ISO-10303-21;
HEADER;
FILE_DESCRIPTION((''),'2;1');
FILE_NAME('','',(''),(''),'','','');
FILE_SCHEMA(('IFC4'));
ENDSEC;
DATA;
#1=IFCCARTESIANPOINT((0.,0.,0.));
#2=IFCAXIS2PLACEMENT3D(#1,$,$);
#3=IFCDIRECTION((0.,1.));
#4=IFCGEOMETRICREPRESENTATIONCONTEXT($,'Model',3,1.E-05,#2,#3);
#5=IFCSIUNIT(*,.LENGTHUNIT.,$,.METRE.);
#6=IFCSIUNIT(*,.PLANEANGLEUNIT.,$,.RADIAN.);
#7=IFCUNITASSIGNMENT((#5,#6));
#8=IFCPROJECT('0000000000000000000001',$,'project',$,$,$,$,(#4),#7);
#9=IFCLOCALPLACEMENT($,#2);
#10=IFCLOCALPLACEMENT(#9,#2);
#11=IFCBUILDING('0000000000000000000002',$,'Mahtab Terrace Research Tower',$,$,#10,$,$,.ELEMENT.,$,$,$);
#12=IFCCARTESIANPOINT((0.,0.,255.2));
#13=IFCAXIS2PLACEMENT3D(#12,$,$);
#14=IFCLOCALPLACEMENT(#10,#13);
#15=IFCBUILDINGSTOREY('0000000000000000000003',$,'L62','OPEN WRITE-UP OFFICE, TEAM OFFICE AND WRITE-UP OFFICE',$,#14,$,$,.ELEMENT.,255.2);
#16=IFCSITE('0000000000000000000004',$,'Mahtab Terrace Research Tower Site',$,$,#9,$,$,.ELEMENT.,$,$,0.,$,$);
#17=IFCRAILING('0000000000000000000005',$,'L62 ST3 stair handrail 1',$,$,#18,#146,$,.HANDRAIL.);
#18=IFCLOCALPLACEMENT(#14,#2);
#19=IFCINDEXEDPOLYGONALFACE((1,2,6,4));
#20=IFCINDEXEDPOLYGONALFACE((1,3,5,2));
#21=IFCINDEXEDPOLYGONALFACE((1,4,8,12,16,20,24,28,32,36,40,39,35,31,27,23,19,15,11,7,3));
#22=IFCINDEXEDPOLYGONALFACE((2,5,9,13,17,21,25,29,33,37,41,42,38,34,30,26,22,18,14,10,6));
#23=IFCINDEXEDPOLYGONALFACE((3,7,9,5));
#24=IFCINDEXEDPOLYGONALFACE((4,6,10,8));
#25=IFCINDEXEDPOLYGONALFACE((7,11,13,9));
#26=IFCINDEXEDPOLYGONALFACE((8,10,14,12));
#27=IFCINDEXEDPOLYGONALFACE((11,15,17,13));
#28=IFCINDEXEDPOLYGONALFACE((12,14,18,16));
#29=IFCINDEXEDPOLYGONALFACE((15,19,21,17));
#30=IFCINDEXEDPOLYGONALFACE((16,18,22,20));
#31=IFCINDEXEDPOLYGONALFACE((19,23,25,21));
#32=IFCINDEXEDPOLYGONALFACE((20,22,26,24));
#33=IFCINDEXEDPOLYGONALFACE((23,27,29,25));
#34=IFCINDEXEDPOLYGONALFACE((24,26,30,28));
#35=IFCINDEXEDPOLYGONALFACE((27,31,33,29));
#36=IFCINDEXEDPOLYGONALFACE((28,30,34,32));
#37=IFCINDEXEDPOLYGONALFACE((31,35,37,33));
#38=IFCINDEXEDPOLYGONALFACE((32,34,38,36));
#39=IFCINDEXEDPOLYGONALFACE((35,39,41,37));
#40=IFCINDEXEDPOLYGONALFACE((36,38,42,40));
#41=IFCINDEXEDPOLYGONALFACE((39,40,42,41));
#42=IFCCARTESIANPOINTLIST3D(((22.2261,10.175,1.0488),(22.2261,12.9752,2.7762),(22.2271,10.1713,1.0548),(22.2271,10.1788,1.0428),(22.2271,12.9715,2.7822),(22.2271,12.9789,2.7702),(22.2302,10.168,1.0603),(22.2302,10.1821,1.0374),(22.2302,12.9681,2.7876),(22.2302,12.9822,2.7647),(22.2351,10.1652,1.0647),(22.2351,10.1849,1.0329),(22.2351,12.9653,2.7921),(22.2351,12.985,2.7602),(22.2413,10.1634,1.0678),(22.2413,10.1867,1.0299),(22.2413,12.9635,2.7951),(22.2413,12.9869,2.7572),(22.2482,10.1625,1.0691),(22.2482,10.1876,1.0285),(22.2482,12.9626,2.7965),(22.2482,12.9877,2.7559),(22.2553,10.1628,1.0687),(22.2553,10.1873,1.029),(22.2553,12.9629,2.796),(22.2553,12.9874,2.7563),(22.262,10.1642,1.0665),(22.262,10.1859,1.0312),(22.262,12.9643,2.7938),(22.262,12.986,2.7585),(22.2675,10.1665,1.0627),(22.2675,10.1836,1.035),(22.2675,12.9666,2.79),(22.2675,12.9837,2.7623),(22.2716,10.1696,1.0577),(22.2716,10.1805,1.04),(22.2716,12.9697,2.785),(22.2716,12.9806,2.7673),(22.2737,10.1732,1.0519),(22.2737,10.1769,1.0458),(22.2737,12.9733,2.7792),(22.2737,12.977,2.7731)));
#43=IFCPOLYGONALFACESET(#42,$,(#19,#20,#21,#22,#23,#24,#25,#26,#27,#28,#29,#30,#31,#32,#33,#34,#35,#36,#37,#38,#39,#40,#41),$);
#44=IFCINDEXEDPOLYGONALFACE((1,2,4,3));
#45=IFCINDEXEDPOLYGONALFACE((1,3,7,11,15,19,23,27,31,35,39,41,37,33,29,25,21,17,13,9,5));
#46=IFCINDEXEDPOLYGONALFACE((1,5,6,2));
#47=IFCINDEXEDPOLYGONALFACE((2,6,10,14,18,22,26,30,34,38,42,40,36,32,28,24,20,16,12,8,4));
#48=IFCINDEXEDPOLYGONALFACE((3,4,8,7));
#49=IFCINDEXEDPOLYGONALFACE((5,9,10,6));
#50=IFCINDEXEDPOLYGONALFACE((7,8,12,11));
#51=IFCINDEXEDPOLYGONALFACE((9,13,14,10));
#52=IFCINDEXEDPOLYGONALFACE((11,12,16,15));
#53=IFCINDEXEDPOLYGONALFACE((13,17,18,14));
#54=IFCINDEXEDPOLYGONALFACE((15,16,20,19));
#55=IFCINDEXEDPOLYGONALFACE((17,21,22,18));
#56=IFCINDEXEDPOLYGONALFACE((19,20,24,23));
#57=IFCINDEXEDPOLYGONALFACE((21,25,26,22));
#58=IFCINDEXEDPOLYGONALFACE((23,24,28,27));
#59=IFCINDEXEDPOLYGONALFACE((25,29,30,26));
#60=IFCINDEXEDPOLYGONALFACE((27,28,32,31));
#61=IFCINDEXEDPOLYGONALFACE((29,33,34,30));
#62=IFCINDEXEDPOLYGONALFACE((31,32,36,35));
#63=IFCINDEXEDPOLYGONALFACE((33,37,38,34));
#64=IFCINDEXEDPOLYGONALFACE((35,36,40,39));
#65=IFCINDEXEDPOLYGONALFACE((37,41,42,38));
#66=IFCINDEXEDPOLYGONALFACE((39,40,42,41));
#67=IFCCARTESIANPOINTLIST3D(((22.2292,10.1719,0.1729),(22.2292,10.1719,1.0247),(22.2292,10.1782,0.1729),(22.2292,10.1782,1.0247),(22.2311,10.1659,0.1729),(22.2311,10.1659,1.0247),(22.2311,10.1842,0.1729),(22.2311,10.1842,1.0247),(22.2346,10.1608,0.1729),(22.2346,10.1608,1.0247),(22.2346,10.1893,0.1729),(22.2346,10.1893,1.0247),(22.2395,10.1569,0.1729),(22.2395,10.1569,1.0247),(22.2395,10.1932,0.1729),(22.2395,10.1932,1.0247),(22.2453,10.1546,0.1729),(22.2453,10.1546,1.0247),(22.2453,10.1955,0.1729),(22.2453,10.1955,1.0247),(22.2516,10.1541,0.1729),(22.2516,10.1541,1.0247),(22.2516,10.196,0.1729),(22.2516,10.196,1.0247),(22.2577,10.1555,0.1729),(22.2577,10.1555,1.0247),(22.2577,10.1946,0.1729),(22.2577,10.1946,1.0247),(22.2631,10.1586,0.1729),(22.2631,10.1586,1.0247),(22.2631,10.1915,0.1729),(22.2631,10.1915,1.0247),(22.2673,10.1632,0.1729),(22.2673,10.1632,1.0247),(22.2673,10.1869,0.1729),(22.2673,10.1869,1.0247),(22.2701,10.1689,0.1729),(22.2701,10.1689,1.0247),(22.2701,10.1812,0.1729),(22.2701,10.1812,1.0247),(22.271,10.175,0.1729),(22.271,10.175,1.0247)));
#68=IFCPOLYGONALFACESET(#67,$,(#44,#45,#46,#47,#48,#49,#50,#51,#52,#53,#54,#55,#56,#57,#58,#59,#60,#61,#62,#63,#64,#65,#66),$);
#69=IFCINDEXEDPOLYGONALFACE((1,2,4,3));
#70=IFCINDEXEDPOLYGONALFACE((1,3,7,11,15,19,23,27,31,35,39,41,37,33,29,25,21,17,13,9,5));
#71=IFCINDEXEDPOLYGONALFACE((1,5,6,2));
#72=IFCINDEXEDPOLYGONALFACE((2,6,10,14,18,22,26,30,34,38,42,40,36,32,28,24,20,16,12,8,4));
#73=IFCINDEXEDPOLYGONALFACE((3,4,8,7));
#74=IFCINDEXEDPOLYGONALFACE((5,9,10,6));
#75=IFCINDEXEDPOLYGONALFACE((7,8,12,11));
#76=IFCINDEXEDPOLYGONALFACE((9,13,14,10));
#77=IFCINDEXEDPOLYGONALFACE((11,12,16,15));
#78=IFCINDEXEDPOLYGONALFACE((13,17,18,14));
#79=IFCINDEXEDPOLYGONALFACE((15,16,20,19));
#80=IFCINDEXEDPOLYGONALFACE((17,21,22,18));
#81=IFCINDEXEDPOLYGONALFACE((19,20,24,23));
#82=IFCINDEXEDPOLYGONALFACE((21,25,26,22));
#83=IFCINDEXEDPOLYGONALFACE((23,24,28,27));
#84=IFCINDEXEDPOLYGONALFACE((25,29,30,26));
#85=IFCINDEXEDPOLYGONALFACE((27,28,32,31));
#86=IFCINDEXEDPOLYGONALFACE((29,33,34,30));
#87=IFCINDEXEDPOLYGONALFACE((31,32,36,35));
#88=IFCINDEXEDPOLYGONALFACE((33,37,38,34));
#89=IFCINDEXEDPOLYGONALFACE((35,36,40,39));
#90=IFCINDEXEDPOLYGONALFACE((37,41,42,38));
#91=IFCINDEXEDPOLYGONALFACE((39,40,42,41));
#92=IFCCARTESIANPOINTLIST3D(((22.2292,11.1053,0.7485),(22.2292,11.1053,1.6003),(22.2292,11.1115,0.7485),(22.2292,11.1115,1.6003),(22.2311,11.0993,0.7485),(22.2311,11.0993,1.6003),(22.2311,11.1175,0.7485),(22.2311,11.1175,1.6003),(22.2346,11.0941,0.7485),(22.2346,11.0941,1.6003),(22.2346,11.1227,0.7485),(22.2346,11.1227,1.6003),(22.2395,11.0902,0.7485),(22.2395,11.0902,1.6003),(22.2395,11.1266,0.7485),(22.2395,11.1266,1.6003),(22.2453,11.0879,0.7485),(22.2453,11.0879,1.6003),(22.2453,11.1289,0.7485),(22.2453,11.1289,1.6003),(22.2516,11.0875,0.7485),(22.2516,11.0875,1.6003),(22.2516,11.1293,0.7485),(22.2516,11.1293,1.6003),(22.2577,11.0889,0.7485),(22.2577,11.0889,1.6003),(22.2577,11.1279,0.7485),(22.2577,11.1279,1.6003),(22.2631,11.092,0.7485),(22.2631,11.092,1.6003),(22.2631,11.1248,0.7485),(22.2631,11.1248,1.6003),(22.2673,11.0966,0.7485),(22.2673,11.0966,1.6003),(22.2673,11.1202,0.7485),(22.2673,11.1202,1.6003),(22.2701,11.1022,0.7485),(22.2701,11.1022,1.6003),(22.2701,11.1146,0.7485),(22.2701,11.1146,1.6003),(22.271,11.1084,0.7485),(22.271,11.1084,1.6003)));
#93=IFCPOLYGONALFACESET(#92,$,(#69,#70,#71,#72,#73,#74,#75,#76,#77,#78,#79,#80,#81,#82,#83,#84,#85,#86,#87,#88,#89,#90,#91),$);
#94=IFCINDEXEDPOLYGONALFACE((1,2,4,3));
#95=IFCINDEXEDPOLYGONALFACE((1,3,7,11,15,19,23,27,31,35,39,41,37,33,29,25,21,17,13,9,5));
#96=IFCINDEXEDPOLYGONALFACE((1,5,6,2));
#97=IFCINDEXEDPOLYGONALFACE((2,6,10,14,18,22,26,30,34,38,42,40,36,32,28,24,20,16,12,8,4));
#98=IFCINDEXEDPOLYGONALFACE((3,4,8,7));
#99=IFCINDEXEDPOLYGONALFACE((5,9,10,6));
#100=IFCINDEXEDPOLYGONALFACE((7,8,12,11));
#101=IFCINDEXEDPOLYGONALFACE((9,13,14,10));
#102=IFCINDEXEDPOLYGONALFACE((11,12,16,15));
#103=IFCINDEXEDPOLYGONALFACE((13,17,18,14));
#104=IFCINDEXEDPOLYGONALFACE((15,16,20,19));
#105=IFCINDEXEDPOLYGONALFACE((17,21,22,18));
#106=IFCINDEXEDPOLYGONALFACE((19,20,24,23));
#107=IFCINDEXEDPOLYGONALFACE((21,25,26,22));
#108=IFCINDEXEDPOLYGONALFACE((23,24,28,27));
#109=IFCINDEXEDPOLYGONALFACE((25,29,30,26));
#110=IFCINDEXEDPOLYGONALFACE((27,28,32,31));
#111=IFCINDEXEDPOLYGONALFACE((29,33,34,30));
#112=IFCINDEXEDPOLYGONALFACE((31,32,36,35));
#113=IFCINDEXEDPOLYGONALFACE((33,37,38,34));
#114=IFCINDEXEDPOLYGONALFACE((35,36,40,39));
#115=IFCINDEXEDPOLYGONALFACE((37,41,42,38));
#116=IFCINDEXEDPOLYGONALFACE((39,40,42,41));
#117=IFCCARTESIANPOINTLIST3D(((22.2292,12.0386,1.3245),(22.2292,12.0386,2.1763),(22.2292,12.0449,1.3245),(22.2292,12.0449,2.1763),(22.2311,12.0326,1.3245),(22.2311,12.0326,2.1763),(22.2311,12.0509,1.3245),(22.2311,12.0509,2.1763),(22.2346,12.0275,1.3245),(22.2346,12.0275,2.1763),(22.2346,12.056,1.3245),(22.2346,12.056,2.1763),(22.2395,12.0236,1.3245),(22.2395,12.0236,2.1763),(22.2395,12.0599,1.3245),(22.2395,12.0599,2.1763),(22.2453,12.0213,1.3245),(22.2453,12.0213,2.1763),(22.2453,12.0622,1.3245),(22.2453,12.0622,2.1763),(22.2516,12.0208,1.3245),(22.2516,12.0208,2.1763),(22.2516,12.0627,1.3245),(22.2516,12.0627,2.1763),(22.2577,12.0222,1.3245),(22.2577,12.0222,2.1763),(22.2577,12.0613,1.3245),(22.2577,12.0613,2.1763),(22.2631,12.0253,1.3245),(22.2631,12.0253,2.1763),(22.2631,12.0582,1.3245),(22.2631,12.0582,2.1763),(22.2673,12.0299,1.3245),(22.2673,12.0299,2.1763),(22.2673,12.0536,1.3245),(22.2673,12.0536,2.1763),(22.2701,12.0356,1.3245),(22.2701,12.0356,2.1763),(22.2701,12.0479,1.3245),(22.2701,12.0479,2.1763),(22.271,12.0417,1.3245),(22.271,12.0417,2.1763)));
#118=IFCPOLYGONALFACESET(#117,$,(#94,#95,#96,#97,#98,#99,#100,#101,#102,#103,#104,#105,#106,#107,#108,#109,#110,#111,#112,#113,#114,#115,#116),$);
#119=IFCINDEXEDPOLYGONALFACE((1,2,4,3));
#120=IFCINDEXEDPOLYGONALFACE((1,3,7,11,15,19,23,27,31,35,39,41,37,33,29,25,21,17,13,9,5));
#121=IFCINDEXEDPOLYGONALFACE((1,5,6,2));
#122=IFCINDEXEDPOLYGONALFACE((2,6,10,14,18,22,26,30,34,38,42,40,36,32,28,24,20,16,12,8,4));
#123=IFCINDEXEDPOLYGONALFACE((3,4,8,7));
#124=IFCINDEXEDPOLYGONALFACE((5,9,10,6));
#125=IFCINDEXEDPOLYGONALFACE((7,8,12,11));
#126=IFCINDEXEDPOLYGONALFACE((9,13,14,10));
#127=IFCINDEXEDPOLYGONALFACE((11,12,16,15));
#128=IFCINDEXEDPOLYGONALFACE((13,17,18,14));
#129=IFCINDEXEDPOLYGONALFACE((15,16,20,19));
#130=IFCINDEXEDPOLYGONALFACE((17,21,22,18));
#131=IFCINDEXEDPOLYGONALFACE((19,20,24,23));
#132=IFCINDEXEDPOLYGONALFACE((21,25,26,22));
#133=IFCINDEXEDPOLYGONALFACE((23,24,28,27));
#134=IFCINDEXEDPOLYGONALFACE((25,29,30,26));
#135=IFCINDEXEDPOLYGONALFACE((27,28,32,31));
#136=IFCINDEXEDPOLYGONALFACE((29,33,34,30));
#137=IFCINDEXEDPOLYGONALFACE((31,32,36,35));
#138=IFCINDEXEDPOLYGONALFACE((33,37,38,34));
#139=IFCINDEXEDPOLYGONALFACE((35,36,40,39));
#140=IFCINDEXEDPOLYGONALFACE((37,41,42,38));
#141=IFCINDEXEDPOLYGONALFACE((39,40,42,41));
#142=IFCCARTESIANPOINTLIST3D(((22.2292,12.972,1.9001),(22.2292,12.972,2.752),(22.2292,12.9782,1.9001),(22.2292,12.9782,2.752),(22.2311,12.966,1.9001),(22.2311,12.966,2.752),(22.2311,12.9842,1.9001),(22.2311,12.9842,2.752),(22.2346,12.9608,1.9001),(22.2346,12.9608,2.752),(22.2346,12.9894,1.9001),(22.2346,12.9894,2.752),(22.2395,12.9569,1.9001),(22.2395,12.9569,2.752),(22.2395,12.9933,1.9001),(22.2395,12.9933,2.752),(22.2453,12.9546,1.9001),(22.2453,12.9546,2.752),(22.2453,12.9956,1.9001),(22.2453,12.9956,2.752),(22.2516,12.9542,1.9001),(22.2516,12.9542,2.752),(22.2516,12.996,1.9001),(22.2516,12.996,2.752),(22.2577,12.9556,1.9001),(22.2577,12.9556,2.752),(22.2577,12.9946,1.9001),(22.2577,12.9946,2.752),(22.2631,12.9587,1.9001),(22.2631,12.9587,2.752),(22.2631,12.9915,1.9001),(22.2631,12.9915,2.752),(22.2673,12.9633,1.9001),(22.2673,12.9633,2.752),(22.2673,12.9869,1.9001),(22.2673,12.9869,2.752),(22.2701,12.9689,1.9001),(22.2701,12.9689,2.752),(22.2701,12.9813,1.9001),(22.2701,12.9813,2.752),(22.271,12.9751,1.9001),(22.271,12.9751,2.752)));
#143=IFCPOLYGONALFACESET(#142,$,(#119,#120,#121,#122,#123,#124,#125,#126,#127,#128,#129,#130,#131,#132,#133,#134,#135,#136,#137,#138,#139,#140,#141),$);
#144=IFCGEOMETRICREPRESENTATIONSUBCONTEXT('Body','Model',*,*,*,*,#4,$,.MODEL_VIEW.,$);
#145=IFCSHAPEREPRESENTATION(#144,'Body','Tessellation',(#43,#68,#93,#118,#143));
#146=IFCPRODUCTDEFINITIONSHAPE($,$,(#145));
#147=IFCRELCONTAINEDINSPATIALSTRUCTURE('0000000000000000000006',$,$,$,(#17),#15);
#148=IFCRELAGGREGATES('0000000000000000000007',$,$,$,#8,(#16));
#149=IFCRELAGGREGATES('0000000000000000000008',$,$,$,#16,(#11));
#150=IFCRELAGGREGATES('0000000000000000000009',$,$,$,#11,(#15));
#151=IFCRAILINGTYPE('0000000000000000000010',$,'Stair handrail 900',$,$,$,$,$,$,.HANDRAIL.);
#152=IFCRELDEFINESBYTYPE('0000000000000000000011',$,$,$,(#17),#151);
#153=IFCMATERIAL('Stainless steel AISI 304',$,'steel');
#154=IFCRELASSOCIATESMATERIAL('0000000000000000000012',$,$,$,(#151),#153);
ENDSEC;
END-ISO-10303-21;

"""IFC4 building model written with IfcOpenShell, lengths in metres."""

from ifc_helpers import new_model, si_unit, direction, frame, origin, origin_2d, place, context, subcontext, project, spatial, circle, extrude, material, type_object, element, save


model = new_model("IFC4")

# Units and contexts
model_context = context("Model", 3, precision=1e-05, world=origin(), true_north=direction((0.0, 1.0)))
body_context = subcontext(model_context, "Body", "Model", "MODEL_VIEW")
ifc_project = project(units=[si_unit("LENGTHUNIT", "METRE"), si_unit("PLANEANGLEUNIT", "RADIAN")], contexts=[model_context])

# Site, building, storey
site_placement = place(None, origin())
site = spatial("IfcSite", under=ifc_project, at=site_placement, Name="Mahtab Terrace Research Tower Site", CompositionType="ELEMENT", RefElevation=0.0)
building_placement = place(site_placement, origin())
building = spatial("IfcBuilding", under=site, at=building_placement, Name="Mahtab Terrace Research Tower", CompositionType="ELEMENT")
storey_placement = place(building_placement, frame((0.0, 0.0, 255.2)))
storey = spatial("IfcBuildingStorey", under=building, at=storey_placement, Name="L62", Description="OPEN WRITE-UP OFFICE, TEAM OFFICE AND WRITE-UP OFFICE", CompositionType="ELEMENT", Elevation=255.2)

# Railing
ifc_material_1 = material(Name="Stainless steel AISI 304", Category="steel")
railing_type_1 = type_object("IfcRailingType", Name="Stair handrail 900", PredefinedType="HANDRAIL", material=ifc_material_1)
railing_1_placement = place(storey_placement, frame((22.25, 10.175, 0.1729)))
element("IfcRailing", 1, at=railing_1_placement, inside=storey, type_object=railing_type_1, Name="L62 ST3 stair handrail 1", PredefinedType="HANDRAIL", context=body_context, shape_type="SweptSolid", body=[
    extrude(circle(Radius=0.0239, at=origin_2d()), frame((0.0, 0.0, 0.876), z_axis=(0.0, 0.85109, 0.52502), x_axis=(-1.0, 0.0, 0.0)), (0.0, 0.0, 1.0), 3.29),
    extrude(circle(Radius=0.021, at=origin_2d()), origin(), (0.0, 0.0, 1.0), 0.8518),
    extrude(circle(Radius=0.021, at=origin_2d()), frame((0.0, 0.9333, 0.5757)), (0.0, 0.0, 1.0), 0.8518),
    extrude(circle(Radius=0.021, at=origin_2d()), frame((0.0, 1.8667, 1.1516)), (0.0, 0.0, 1.0), 0.8518),
    extrude(circle(Radius=0.021, at=origin_2d()), frame((0.0, 2.8, 1.7273)), (0.0, 0.0, 1.0), 0.8518),
])

save(model, "model.ifc")
